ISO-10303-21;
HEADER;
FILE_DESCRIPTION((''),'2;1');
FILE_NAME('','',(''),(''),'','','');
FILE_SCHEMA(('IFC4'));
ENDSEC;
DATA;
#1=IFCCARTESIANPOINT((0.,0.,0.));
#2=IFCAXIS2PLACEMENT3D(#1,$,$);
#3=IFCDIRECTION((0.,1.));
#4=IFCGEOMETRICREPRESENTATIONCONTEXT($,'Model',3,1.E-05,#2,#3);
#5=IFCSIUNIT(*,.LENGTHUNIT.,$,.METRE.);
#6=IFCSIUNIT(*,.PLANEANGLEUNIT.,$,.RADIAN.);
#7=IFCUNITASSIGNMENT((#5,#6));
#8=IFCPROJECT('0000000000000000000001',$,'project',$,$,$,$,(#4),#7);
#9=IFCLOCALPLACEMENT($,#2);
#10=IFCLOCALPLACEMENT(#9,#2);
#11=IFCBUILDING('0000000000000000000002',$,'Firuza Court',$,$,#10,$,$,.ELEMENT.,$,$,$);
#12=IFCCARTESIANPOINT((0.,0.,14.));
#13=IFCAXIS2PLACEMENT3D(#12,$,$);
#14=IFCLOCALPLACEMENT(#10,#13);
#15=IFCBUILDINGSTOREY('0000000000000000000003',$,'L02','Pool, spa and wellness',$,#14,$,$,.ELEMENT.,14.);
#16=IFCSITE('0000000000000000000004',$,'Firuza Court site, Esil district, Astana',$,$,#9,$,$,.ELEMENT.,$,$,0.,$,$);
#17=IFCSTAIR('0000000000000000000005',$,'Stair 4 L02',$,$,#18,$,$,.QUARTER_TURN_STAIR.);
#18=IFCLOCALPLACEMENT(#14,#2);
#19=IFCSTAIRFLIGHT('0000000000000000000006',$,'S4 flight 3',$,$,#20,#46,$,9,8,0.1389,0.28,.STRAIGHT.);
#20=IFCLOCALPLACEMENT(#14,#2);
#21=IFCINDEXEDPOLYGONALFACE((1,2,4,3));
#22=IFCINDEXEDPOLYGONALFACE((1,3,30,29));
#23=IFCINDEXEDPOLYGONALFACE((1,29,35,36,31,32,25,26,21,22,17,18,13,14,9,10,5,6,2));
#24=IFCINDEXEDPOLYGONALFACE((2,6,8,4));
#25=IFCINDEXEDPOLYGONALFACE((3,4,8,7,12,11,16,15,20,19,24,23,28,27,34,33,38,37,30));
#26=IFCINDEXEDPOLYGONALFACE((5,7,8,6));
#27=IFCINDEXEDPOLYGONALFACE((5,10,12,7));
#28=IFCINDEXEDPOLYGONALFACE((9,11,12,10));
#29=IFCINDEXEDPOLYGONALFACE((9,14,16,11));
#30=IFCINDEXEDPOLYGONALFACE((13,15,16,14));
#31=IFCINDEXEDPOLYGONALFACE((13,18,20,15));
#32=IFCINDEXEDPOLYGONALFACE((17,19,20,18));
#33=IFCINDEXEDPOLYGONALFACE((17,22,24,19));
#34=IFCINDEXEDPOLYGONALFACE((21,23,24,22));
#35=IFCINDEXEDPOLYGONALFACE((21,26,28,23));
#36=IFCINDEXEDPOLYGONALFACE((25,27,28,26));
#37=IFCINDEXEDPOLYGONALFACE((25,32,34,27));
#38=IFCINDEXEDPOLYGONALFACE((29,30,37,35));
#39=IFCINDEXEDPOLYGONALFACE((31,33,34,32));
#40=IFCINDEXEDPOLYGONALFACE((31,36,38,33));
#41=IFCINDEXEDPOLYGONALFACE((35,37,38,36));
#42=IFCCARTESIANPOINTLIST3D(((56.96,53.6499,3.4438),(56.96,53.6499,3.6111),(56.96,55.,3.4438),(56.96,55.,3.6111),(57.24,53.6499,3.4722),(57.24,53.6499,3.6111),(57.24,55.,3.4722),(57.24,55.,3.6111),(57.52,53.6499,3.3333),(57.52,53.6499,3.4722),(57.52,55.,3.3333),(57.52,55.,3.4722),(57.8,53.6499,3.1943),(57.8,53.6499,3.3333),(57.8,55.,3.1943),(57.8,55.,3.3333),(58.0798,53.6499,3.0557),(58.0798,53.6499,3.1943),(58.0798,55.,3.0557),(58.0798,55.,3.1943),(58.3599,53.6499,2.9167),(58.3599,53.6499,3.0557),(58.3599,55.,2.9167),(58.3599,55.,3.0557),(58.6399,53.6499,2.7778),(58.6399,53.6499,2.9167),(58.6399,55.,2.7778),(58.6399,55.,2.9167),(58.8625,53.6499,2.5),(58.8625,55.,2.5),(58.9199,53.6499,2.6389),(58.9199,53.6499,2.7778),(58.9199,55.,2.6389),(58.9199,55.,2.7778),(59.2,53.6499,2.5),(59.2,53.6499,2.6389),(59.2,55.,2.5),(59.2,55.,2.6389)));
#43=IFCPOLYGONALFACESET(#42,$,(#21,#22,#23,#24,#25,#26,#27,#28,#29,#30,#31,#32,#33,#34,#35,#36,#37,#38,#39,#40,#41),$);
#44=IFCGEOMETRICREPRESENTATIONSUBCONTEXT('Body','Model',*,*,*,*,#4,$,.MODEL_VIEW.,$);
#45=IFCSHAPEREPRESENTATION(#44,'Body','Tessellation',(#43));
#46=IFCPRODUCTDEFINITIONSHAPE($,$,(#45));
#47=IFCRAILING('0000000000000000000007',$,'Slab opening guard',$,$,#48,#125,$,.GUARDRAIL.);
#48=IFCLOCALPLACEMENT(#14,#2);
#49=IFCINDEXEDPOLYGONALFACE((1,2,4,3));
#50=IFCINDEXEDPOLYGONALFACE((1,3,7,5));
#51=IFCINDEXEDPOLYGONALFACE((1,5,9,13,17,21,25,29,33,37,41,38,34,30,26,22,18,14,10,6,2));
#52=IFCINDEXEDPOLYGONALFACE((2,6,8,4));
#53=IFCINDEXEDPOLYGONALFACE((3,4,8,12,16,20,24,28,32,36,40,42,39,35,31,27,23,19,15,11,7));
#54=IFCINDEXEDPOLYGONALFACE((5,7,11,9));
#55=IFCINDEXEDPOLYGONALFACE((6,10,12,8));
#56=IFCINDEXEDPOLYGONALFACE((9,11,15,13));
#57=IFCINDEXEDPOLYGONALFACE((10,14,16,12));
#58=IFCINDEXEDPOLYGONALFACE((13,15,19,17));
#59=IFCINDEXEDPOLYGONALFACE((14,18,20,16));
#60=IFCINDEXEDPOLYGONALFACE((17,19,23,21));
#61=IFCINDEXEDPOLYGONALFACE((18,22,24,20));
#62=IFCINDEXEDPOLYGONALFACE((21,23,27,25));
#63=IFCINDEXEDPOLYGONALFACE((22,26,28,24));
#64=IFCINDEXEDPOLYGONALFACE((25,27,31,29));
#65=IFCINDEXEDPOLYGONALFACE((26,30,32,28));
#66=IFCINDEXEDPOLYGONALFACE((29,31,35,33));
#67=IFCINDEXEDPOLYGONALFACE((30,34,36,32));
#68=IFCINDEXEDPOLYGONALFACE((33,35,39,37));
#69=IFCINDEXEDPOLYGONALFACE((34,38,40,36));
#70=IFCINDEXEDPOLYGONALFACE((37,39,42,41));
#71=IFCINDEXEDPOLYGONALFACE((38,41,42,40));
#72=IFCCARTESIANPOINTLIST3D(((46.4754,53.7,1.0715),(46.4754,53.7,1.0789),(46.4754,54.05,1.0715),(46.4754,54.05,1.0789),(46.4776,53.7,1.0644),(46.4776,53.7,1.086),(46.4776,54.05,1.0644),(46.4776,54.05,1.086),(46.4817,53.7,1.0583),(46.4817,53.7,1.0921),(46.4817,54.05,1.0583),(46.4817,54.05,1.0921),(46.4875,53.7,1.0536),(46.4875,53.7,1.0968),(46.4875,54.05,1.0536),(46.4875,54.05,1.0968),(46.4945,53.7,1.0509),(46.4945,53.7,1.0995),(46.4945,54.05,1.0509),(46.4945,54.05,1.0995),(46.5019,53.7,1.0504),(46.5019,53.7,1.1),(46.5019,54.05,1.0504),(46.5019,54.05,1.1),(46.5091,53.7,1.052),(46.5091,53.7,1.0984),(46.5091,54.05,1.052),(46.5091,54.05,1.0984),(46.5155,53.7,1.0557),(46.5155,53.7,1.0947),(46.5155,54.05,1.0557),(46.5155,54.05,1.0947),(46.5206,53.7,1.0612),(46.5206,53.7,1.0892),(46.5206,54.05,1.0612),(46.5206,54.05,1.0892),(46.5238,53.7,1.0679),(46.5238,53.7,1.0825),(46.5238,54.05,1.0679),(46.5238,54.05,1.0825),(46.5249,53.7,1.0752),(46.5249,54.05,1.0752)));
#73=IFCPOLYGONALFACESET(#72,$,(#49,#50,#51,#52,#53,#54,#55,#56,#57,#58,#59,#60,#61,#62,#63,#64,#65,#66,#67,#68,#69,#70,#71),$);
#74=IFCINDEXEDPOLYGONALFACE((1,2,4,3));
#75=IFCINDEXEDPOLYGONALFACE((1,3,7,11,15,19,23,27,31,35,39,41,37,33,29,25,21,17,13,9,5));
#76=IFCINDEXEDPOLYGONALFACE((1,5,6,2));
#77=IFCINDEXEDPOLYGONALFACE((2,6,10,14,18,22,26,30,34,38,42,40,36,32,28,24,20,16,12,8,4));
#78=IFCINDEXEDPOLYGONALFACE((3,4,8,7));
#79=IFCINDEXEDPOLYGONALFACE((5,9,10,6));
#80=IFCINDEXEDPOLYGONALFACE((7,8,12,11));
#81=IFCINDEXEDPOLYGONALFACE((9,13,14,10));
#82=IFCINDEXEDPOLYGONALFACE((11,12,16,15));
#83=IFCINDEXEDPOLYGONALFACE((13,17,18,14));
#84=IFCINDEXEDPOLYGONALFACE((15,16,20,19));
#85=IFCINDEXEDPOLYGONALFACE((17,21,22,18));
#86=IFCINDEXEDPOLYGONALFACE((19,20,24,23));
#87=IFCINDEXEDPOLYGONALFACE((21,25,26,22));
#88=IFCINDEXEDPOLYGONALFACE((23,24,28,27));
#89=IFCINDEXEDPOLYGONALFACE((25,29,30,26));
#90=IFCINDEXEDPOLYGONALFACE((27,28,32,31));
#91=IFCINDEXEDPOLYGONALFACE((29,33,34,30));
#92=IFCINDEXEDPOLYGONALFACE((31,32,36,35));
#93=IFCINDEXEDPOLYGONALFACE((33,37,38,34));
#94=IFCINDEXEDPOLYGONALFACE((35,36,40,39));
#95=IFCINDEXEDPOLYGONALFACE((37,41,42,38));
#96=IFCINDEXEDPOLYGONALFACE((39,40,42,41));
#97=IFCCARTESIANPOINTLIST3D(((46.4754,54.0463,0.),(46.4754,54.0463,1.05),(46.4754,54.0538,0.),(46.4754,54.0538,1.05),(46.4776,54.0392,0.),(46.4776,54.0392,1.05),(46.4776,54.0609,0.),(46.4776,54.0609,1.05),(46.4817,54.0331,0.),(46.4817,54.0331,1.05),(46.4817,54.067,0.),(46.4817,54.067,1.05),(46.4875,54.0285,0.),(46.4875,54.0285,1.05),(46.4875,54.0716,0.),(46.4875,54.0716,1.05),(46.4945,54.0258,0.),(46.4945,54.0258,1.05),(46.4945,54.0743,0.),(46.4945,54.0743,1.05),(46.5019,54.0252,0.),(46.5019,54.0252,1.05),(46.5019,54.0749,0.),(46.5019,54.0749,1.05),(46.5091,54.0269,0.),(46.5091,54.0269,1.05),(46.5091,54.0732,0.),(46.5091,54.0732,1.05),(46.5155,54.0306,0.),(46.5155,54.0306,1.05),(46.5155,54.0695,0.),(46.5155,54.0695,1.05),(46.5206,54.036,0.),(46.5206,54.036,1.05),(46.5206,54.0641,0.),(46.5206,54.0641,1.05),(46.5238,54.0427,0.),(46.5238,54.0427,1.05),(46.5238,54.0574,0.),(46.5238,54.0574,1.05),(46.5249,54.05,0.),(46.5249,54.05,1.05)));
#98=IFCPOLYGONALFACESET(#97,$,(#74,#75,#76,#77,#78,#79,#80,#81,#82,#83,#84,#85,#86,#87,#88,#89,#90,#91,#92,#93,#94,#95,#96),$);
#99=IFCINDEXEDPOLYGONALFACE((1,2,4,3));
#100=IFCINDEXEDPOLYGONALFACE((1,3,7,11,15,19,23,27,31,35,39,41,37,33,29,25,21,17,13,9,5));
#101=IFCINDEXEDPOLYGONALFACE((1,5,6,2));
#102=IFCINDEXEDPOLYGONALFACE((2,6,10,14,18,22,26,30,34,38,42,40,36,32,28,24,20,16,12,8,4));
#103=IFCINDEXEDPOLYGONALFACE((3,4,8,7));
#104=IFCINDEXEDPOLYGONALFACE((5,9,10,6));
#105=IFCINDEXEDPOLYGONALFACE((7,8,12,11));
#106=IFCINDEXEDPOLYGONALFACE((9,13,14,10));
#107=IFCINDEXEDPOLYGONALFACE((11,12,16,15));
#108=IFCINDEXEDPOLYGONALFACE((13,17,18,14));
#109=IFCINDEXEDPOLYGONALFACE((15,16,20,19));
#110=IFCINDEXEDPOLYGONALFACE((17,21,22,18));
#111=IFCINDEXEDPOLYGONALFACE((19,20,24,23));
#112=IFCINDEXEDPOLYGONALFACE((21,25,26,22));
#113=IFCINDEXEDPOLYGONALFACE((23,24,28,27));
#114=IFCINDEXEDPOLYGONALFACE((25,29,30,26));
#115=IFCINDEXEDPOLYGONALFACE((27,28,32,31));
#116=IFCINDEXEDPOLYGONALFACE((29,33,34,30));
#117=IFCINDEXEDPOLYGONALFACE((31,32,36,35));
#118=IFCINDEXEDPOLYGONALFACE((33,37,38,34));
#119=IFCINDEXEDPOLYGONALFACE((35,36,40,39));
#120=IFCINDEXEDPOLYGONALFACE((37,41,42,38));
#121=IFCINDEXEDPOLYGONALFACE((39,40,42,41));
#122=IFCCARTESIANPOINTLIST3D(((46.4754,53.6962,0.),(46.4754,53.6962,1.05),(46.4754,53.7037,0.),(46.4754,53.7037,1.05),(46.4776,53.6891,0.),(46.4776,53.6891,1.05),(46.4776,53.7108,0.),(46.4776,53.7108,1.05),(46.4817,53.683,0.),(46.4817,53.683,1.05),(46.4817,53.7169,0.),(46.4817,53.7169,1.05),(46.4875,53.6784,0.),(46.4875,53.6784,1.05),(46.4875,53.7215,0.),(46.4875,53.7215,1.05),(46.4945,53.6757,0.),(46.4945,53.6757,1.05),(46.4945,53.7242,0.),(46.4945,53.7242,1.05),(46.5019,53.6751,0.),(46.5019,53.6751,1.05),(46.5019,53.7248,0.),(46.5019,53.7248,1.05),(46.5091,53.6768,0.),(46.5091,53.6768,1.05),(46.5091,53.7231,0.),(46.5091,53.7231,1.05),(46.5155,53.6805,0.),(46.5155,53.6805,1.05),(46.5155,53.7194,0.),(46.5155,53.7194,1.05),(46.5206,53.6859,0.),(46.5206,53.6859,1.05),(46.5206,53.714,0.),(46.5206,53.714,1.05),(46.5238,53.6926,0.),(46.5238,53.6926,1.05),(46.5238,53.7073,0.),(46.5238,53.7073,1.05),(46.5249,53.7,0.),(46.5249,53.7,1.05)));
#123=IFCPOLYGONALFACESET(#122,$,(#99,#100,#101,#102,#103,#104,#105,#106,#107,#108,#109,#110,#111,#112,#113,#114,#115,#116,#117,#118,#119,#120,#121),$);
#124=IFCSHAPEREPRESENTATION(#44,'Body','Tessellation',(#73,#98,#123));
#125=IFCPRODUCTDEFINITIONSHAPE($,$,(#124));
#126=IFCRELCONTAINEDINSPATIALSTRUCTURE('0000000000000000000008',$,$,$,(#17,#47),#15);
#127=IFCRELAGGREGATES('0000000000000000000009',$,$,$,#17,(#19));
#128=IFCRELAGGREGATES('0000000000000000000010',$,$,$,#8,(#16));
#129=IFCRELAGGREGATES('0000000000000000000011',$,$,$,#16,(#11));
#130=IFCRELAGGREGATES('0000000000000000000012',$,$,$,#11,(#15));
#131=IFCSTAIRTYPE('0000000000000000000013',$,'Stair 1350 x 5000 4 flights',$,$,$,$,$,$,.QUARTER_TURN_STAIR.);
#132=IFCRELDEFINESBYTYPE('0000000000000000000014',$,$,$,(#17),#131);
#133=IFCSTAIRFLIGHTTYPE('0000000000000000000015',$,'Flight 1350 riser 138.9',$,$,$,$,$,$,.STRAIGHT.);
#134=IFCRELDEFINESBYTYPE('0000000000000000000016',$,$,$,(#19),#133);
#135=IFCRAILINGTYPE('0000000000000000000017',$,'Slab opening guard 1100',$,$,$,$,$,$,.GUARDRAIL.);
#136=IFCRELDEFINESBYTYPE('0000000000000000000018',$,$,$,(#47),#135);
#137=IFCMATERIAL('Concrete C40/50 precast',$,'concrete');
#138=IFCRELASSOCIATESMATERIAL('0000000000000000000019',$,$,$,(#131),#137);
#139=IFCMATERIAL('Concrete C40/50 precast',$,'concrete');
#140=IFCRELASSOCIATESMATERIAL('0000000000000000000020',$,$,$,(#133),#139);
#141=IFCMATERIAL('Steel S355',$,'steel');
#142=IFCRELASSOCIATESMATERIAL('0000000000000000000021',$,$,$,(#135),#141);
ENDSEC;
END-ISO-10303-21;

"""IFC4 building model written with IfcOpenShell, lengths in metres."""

from ifc_helpers import new_model, si_unit, direction, frame, origin, origin_2d, place, context, subcontext, project, spatial, polyline, circle, outline, extrude, material, type_object, element, aggregate, save


model = new_model("IFC4")

# Units and contexts
model_context = context("Model", 3, precision=1e-05, world=origin(), true_north=direction((0.0, 1.0)))
body_context = subcontext(model_context, "Body", "Model", "MODEL_VIEW")
ifc_project = project(units=[si_unit("LENGTHUNIT", "METRE"), si_unit("PLANEANGLEUNIT", "RADIAN")], contexts=[model_context])

# Site, building, storey
site_placement = place(None, origin())
site = spatial("IfcSite", under=ifc_project, at=site_placement, Name="Firuza Court site, Esil district, Astana", CompositionType="ELEMENT", RefElevation=0.0)
building_placement = place(site_placement, origin())
building = spatial("IfcBuilding", under=site, at=building_placement, Name="Firuza Court", CompositionType="ELEMENT")
storey_placement = place(building_placement, frame((0.0, 0.0, 14.0)))
storey = spatial("IfcBuildingStorey", under=building, at=storey_placement, Name="L02", Description="Pool, spa and wellness", CompositionType="ELEMENT", Elevation=14.0)

# Stair, stair flight
ifc_material_1 = material(Name="Concrete C40/50 precast", Category="concrete")
stair_type = type_object("IfcStairType", Name="Stair 1350 x 5000 4 flights", PredefinedType="QUARTER_TURN_STAIR", material=ifc_material_1)
ifc_material_2 = material(Name="Concrete C40/50 precast", Category="concrete")
stair_flight_type = type_object("IfcStairFlightType", Name="Flight 1350 riser 138.9", PredefinedType="STRAIGHT", material=ifc_material_2)
stair_1_placement = place(storey_placement, origin())
stair_1 = element("IfcStair", 1, at=stair_1_placement, inside=storey, type_object=stair_type, Name="Stair 4 L02", PredefinedType="QUARTER_TURN_STAIR")
stair_flight_1_placement = place(storey_placement, frame((59.2, 54.325, 2.5), z_axis=(0.0, 0.0, 1.0), x_axis=(-1.0, 0.0, 0.0)))
stair_flight_1 = element("IfcStairFlight", 2, at=stair_flight_1_placement, type_object=stair_flight_type, Name="S4 flight 3", NumberOfRisers=9, NumberOfTreads=8, PredefinedType="STRAIGHT", RiserHeight=0.1389, TreadLength=0.28, context=body_context, shape_type="SweptSolid", body=[
    extrude(outline(polyline([(0.0, 0.0), (0.0, 0.1389), (0.28, 0.1389), (0.28, 0.2778), (0.5601, 0.2778), (0.5601, 0.4167), (0.8401, 0.4167), (0.8401, 0.5557), (1.1201, 0.5557), (1.1201, 0.6943), (1.3999, 0.6943), (1.3999, 0.8333), (1.6799, 0.8333), (1.6799, 0.9722), (1.96, 0.9722), (1.96, 1.1111), (2.24, 1.1111), (2.24, 1.25), (2.24, 0.9438), (0.3374, 0.0), (0.0, 0.0)])), frame((0.0, 0.675, 0.0), z_axis=(0.0, -1.0, 0.0), x_axis=(1.0, 0.0, 0.0)), (0.0, 0.0, 1.0), 1.3501),
])
aggregate(stair_1, [stair_flight_1])

# Railing
ifc_material_3 = material(Name="Steel S355", Category="steel")
railing_type = type_object("IfcRailingType", Name="Slab opening guard 1100", PredefinedType="GUARDRAIL", material=ifc_material_3)
railing_placement = place(storey_placement, frame((46.5, 54.05, 0.0)))
element("IfcRailing", 3, at=railing_placement, inside=storey, type_object=railing_type, Name="Slab opening guard", PredefinedType="GUARDRAIL", context=body_context, shape_type="SweptSolid", body=[
    extrude(circle(Radius=0.0249, at=origin_2d()), frame((0.0, 0.0, 1.0752), z_axis=(0.0, -1.0, 0.0), x_axis=(1.0, 0.0, 0.0)), (0.0, 0.0, 1.0), 0.3501),
    extrude(circle(Radius=0.0249, at=origin_2d()), origin(), (0.0, 0.0, 1.0), 1.05),
    extrude(circle(Radius=0.0249, at=origin_2d()), frame((0.0, -0.3501, 0.0)), (0.0, 0.0, 1.0), 1.05),
])

save(model, "model.ifc")
